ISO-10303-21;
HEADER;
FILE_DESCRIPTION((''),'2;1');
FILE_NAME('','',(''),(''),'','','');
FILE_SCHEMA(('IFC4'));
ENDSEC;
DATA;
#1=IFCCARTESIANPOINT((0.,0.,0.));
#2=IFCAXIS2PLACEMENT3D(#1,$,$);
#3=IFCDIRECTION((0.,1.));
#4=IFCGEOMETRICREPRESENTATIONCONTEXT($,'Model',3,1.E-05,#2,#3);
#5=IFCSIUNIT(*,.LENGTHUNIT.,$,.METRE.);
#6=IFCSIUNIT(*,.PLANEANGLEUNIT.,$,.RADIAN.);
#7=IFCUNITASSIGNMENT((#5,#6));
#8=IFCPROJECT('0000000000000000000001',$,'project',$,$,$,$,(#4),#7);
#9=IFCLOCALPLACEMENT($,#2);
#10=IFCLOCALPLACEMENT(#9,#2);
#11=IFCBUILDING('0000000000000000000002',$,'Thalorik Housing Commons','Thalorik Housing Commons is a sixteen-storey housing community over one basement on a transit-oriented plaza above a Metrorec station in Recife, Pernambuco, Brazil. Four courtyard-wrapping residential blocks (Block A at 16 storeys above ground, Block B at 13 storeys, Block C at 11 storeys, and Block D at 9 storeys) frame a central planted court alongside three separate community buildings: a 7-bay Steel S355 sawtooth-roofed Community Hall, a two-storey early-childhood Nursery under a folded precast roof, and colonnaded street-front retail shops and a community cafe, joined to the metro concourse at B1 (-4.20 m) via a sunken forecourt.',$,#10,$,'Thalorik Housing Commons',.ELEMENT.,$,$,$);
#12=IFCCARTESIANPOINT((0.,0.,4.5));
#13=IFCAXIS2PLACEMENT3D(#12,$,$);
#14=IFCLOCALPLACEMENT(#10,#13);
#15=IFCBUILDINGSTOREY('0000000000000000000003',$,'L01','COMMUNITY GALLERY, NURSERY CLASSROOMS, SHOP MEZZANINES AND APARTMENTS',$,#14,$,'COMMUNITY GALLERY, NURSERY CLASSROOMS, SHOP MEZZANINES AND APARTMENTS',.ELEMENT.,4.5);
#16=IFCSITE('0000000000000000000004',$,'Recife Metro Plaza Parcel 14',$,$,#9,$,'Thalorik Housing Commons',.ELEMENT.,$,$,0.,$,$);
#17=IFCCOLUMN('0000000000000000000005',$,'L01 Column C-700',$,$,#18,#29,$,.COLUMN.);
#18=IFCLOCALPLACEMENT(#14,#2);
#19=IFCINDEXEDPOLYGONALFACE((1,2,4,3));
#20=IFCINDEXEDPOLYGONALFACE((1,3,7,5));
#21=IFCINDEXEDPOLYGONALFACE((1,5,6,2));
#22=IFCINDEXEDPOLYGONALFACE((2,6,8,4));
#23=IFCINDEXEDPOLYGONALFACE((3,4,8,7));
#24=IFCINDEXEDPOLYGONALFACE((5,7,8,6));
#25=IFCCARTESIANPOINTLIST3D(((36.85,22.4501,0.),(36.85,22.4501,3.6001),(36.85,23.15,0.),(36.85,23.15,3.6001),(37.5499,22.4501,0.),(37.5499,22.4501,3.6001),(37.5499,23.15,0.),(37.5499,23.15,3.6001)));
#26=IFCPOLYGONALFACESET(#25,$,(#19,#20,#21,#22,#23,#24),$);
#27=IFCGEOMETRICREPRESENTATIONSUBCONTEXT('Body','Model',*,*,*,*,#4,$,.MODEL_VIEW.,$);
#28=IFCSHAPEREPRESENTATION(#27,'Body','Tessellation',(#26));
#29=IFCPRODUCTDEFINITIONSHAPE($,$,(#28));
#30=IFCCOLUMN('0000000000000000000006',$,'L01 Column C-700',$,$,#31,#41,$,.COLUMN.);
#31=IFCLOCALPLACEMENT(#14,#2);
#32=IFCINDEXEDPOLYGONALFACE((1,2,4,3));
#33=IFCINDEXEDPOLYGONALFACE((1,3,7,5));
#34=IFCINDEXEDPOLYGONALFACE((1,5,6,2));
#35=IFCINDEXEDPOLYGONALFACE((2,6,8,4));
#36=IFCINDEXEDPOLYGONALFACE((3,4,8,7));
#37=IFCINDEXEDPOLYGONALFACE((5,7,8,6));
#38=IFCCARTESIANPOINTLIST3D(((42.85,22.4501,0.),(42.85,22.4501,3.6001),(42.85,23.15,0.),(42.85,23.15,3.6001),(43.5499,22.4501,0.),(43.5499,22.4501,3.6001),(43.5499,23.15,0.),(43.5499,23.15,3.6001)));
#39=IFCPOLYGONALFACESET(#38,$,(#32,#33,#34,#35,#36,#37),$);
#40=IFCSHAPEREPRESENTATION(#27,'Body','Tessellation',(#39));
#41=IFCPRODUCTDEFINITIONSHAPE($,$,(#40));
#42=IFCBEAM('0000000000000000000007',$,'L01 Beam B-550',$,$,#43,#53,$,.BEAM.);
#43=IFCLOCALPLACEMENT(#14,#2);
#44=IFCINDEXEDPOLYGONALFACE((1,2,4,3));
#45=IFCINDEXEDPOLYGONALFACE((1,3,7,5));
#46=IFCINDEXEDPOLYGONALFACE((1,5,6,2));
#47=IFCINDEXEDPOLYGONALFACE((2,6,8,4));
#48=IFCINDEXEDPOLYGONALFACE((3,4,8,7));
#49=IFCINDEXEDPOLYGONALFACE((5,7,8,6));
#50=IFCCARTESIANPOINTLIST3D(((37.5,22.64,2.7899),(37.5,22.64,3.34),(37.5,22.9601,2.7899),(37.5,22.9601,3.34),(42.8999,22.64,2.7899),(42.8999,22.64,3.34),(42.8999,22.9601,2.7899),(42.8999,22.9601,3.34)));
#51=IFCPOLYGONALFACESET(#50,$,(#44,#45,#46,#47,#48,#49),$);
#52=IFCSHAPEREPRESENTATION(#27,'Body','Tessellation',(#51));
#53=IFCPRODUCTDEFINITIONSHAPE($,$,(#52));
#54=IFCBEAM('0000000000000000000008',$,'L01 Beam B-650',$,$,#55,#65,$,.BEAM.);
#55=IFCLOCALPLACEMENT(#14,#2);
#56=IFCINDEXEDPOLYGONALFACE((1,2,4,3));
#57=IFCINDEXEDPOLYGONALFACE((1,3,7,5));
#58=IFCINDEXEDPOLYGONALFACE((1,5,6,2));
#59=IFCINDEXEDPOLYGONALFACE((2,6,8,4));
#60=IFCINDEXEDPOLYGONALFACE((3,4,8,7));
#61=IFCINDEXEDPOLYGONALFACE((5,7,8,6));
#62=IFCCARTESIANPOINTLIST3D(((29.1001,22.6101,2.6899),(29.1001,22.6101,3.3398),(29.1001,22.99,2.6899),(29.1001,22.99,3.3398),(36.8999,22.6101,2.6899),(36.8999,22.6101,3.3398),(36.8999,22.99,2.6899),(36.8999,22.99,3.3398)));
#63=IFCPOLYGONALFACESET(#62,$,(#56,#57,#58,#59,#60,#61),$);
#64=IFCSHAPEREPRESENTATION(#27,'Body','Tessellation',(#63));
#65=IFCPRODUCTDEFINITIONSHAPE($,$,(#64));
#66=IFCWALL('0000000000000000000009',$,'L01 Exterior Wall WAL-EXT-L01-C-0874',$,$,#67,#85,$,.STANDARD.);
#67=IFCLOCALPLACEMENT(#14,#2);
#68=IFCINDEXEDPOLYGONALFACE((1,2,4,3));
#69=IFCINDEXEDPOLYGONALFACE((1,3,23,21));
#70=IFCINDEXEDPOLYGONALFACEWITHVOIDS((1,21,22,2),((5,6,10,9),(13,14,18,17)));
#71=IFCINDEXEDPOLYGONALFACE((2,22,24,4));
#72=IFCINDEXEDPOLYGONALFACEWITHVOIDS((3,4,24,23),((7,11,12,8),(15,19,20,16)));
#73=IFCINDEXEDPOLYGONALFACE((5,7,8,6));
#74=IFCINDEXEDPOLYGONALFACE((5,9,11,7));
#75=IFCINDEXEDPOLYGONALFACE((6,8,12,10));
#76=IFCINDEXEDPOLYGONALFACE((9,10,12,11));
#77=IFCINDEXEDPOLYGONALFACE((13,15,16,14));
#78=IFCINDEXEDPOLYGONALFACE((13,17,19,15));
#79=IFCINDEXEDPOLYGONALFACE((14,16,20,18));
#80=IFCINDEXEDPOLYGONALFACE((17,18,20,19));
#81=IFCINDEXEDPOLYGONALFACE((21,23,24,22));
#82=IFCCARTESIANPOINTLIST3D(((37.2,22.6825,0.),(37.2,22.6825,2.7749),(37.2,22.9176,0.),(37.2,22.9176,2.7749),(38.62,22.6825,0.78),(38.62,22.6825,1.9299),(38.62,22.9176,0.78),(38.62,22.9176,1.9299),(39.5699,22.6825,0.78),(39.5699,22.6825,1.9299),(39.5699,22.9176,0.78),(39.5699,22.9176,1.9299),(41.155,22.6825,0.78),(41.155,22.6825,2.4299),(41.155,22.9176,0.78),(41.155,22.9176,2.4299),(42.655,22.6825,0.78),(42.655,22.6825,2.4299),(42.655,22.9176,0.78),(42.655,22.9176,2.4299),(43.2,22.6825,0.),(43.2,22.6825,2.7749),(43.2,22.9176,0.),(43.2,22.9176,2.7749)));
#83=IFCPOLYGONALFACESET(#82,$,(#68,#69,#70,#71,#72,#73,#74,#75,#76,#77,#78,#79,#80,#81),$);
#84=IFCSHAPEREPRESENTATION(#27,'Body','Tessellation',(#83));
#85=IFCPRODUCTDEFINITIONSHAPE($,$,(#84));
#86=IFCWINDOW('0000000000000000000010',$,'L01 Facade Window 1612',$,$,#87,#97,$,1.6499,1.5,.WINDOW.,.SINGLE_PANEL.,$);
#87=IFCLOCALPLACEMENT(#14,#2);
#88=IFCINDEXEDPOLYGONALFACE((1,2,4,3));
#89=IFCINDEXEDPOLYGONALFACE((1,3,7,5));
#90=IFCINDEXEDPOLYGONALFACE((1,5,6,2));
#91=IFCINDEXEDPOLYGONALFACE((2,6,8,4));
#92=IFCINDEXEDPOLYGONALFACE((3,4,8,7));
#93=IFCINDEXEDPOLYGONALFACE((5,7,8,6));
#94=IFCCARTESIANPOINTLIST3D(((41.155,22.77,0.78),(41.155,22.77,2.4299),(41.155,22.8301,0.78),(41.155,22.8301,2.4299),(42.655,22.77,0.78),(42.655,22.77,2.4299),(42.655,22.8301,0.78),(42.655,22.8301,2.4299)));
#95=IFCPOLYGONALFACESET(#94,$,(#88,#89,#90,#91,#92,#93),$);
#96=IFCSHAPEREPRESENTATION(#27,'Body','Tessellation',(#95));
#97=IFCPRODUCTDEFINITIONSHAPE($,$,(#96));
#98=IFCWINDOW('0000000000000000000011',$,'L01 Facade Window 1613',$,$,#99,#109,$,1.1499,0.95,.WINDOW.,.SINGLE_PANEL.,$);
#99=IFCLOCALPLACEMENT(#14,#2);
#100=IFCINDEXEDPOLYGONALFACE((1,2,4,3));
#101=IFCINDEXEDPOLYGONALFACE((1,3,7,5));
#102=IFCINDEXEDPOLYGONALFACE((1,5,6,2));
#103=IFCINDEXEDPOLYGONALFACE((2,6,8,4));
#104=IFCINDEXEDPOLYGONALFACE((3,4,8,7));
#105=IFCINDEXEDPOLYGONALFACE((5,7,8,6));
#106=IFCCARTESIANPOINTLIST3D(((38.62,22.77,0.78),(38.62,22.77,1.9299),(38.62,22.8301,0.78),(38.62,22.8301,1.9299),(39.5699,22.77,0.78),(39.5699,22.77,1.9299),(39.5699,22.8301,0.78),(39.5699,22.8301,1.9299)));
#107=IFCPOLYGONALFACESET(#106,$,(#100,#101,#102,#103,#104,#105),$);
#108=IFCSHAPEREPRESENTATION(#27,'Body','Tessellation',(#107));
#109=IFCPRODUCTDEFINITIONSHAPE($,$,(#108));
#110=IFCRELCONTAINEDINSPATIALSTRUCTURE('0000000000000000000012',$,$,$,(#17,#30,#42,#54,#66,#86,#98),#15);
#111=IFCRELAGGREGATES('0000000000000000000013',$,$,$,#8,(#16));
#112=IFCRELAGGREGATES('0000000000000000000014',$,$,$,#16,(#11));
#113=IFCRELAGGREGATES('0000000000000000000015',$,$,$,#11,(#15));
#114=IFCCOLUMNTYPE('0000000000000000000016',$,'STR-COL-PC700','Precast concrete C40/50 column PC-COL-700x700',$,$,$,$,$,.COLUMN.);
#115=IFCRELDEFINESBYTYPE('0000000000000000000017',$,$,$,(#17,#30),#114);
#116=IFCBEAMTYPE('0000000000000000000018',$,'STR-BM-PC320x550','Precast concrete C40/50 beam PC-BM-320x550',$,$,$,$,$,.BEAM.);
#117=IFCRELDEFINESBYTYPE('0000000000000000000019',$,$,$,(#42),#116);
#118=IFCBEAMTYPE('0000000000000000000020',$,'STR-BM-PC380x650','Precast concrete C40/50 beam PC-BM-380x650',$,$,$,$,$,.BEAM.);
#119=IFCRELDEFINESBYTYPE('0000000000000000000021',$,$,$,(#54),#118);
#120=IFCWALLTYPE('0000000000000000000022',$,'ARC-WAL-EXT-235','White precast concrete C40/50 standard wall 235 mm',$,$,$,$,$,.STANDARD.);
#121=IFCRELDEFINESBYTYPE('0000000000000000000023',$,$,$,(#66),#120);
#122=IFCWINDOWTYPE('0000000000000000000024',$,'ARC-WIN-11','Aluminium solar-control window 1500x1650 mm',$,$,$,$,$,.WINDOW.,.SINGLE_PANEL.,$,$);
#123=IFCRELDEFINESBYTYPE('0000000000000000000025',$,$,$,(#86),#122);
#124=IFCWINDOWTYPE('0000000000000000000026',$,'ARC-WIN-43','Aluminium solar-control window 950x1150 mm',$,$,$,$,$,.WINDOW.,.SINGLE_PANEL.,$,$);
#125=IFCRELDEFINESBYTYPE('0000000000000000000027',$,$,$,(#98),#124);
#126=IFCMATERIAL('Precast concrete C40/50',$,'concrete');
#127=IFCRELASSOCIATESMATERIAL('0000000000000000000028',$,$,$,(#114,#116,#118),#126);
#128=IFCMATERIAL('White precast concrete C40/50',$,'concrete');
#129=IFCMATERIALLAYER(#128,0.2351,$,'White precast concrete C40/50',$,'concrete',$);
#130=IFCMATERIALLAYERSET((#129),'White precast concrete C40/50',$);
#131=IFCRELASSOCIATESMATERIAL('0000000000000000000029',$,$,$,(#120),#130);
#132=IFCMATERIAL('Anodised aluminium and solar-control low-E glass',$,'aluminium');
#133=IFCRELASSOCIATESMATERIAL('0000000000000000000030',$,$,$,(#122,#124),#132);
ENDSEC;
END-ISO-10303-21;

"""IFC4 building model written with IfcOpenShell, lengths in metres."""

from ifc_helpers import new_model, si_unit, direction, frame, frame_2d, origin, origin_2d, place, context, subcontext, project, spatial, rectangle, extrude, material, layer, layer_set, material_profile, profile_set, type_object, element, fill, save


model = new_model("IFC4")

# Units and contexts
model_context = context("Model", 3, precision=1e-05, world=origin(), true_north=direction((0.0, 1.0)))
body_context = subcontext(model_context, "Body", "Model", "MODEL_VIEW")
ifc_project = project(units=[si_unit("LENGTHUNIT", "METRE"), si_unit("PLANEANGLEUNIT", "RADIAN")], contexts=[model_context])

# Site, building, storey
site_placement = place(None, origin())
site = spatial("IfcSite", under=ifc_project, at=site_placement, Name="Recife Metro Plaza Parcel 14", LongName="Thalorik Housing Commons", CompositionType="ELEMENT", RefElevation=0.0)
building_placement = place(site_placement, origin())
building = spatial("IfcBuilding", under=site, at=building_placement, Name="Thalorik Housing Commons", Description="Thalorik Housing Commons is a sixteen-storey housing community over one basement on a transit-oriented plaza above a Metrorec station in Recife, Pernambuco, Brazil. Four courtyard-wrapping residential blocks (Block A at 16 storeys above ground, Block B at 13 storeys, Block C at 11 storeys, and Block D at 9 storeys) frame a central planted court alongside three separate community buildings: a 7-bay Steel S355 sawtooth-roofed Community Hall, a two-storey early-childhood Nursery under a folded precast roof, and colonnaded street-front retail shops and a community cafe, joined to the metro concourse at B1 (-4.20 m) via a sunken forecourt.", LongName="Thalorik Housing Commons", CompositionType="ELEMENT")
storey_placement = place(building_placement, frame((0.0, 0.0, 4.5)))
storey = spatial("IfcBuildingStorey", under=building, at=storey_placement, Name="L01", Description="COMMUNITY GALLERY, NURSERY CLASSROOMS, SHOP MEZZANINES AND APARTMENTS", LongName="COMMUNITY GALLERY, NURSERY CLASSROOMS, SHOP MEZZANINES AND APARTMENTS", CompositionType="ELEMENT", Elevation=4.5)

# Columns
ifc_material_1 = material(Name="Precast concrete C40/50", Category="concrete")
ifc_material_profile_1 = material_profile(ifc_material_1, rectangle(XDim=0.7, YDim=0.7, at=origin_2d()), Name="PC 700x700", Category="concrete")
ifc_profile_set_1 = profile_set([ifc_material_profile_1], Name="Precast concrete C40/50")
column_type = type_object("IfcColumnType", Name="STR-COL-PC700", Description="Precast concrete C40/50 column PC-COL-700x700", PredefinedType="COLUMN", material=ifc_profile_set_1)
for number, where, z_axis, x_axis, name in (
    (1, (37.2, 22.8, 0.0), (0.0, 0.0, 1.0), (1.0, 0.0, 0.0), "L01 Column C-700"),
    (2, (43.2, 22.8, 0.0), (0.0, 0.0, 1.0), (1.0, 0.0, 0.0), "L01 Column C-700"),
):
    element("IfcColumn", number, at=place(storey_placement, frame(where, z_axis=z_axis, x_axis=x_axis)), inside=storey, type_object=column_type, Name=name, PredefinedType="COLUMN", context=body_context, shape_type="SweptSolid", body=[
        extrude(rectangle(XDim=0.7, YDim=0.7, at=origin_2d()), origin(), (0.0, 0.0, 1.0), 3.6001),
    ])

# Beams
ifc_material_profile_2 = material_profile(ifc_material_1, rectangle(XDim=0.3201, YDim=0.55, at=origin_2d()), Name="PC 320x550", Category="concrete")
ifc_profile_set_2 = profile_set([ifc_material_profile_2], Name="Precast concrete C40/50")
beam_type_1 = type_object("IfcBeamType", Name="STR-BM-PC320x550", Description="Precast concrete C40/50 beam PC-BM-320x550", PredefinedType="BEAM", material=ifc_profile_set_2)
beam_1_placement = place(storey_placement, frame((37.5, 22.8, 3.0649), z_axis=(1.0, 0.0, 0.0), x_axis=(0.0, 1.0, 0.0)))
element("IfcBeam", 3, at=beam_1_placement, inside=storey, type_object=beam_type_1, Name="L01 Beam B-550", PredefinedType="BEAM", context=body_context, shape_type="SweptSolid", body=[
    extrude(rectangle(XDim=0.3201, YDim=0.55, at=origin_2d()), origin(), (0.0, 0.0, 1.0), 5.3999),
])
ifc_material_profile_3 = material_profile(ifc_material_1, rectangle(XDim=0.3799, YDim=0.6499, at=origin_2d()), Name="PC 380x650", Category="concrete")
ifc_profile_set_3 = profile_set([ifc_material_profile_3], Name="Precast concrete C40/50")
beam_type_2 = type_object("IfcBeamType", Name="STR-BM-PC380x650", Description="Precast concrete C40/50 beam PC-BM-380x650", PredefinedType="BEAM", material=ifc_profile_set_3)
beam_2_placement = place(storey_placement, frame((29.1001, 22.8, 3.0149), z_axis=(1.0, 0.0, 0.0), x_axis=(0.0, 1.0, 0.0)))
element("IfcBeam", 4, at=beam_2_placement, inside=storey, type_object=beam_type_2, Name="L01 Beam B-650", PredefinedType="BEAM", context=body_context, shape_type="SweptSolid", body=[
    extrude(rectangle(XDim=0.3799, YDim=0.6499, at=origin_2d()), origin(), (0.0, 0.0, 1.0), 7.7998),
])

# Wall, openings, windows
ifc_material_2 = material(Name="White precast concrete C40/50", Category="concrete")
ifc_layer_1 = layer(ifc_material_2, 0.2351, Name="White precast concrete C40/50", Category="concrete")
ifc_layer_set_1 = layer_set([ifc_layer_1], Name="White precast concrete C40/50")
wall_type = type_object("IfcWallType", Name="ARC-WAL-EXT-235", Description="White precast concrete C40/50 standard wall 235 mm", PredefinedType="STANDARD", material=ifc_layer_set_1)
wall_1_placement = place(storey_placement, frame((43.2, 22.8, 0.0), z_axis=(0.0, 0.0, 1.0), x_axis=(-1.0, 0.0, 0.0)))
wall_1 = element("IfcWall", 5, at=wall_1_placement, inside=storey, type_object=wall_type, Name="L01 Exterior Wall WAL-EXT-L01-C-0874", PredefinedType="STANDARD", context=body_context, shape_type="SweptSolid", body=[
    extrude(rectangle(XDim=6.0, YDim=0.2351, at=frame_2d((3.0, 0.0))), origin(), (0.0, 0.0, 1.0), 2.7749),
])
opening_1_placement = place(wall_1_placement, frame((0.5449, 0.0, 0.78)))
opening_1 = element("IfcOpeningElement", 6, at=opening_1_placement, cuts=wall_1, PredefinedType="OPENING", context=body_context, shape_type="SweptSolid", body=[
    extrude(rectangle(XDim=1.5, YDim=1.6499, at=frame_2d((0.75, 0.825))), frame((0.0, 0.1274, 0.0), z_axis=(0.0, -1.0, 0.0), x_axis=(1.0, 0.0, 0.0)), (0.0, 0.0, 1.0), 0.2551),
])
opening_2_placement = place(wall_1_placement, frame((3.6299, 0.0, 0.78)))
opening_2 = element("IfcOpeningElement", 7, at=opening_2_placement, cuts=wall_1, PredefinedType="OPENING", context=body_context, shape_type="SweptSolid", body=[
    extrude(rectangle(XDim=0.95, YDim=1.1499, at=frame_2d((0.4751, 0.575))), frame((0.0, 0.1274, 0.0), z_axis=(0.0, -1.0, 0.0), x_axis=(1.0, 0.0, 0.0)), (0.0, 0.0, 1.0), 0.2551),
])
ifc_material_3 = material(Name="Anodised aluminium and solar-control low-E glass", Category="aluminium")
window_type_1 = type_object("IfcWindowType", Name="ARC-WIN-11", Description="Aluminium solar-control window 1500x1650 mm", PartitioningType="SINGLE_PANEL", PredefinedType="WINDOW", material=ifc_material_3)
window_1_placement = place(opening_1_placement, origin())
window_1 = element("IfcWindow", 8, at=window_1_placement, inside=storey, type_object=window_type_1, Name="L01 Facade Window 1612", OverallHeight=1.6499, OverallWidth=1.5, PartitioningType="SINGLE_PANEL", PredefinedType="WINDOW", context=body_context, shape_type="SweptSolid", body=[
    extrude(rectangle(XDim=1.5, YDim=1.6499, at=frame_2d((0.75, 0.825))), frame((0.0, 0.03, 0.0), z_axis=(0.0, -1.0, 0.0), x_axis=(1.0, 0.0, 0.0)), (0.0, 0.0, 1.0), 0.0601),
])
fill(opening_1, window_1)
window_type_2 = type_object("IfcWindowType", Name="ARC-WIN-43", Description="Aluminium solar-control window 950x1150 mm", PartitioningType="SINGLE_PANEL", PredefinedType="WINDOW", material=ifc_material_3)
window_2_placement = place(opening_2_placement, origin())
window_2 = element("IfcWindow", 9, at=window_2_placement, inside=storey, type_object=window_type_2, Name="L01 Facade Window 1613", OverallHeight=1.1499, OverallWidth=0.95, PartitioningType="SINGLE_PANEL", PredefinedType="WINDOW", context=body_context, shape_type="SweptSolid", body=[
    extrude(rectangle(XDim=0.95, YDim=1.1499, at=frame_2d((0.4751, 0.575))), frame((0.0, 0.03, 0.0), z_axis=(0.0, -1.0, 0.0), x_axis=(1.0, 0.0, 0.0)), (0.0, 0.0, 1.0), 0.0601),
])
fill(opening_2, window_2)

save(model, "model.ifc")
